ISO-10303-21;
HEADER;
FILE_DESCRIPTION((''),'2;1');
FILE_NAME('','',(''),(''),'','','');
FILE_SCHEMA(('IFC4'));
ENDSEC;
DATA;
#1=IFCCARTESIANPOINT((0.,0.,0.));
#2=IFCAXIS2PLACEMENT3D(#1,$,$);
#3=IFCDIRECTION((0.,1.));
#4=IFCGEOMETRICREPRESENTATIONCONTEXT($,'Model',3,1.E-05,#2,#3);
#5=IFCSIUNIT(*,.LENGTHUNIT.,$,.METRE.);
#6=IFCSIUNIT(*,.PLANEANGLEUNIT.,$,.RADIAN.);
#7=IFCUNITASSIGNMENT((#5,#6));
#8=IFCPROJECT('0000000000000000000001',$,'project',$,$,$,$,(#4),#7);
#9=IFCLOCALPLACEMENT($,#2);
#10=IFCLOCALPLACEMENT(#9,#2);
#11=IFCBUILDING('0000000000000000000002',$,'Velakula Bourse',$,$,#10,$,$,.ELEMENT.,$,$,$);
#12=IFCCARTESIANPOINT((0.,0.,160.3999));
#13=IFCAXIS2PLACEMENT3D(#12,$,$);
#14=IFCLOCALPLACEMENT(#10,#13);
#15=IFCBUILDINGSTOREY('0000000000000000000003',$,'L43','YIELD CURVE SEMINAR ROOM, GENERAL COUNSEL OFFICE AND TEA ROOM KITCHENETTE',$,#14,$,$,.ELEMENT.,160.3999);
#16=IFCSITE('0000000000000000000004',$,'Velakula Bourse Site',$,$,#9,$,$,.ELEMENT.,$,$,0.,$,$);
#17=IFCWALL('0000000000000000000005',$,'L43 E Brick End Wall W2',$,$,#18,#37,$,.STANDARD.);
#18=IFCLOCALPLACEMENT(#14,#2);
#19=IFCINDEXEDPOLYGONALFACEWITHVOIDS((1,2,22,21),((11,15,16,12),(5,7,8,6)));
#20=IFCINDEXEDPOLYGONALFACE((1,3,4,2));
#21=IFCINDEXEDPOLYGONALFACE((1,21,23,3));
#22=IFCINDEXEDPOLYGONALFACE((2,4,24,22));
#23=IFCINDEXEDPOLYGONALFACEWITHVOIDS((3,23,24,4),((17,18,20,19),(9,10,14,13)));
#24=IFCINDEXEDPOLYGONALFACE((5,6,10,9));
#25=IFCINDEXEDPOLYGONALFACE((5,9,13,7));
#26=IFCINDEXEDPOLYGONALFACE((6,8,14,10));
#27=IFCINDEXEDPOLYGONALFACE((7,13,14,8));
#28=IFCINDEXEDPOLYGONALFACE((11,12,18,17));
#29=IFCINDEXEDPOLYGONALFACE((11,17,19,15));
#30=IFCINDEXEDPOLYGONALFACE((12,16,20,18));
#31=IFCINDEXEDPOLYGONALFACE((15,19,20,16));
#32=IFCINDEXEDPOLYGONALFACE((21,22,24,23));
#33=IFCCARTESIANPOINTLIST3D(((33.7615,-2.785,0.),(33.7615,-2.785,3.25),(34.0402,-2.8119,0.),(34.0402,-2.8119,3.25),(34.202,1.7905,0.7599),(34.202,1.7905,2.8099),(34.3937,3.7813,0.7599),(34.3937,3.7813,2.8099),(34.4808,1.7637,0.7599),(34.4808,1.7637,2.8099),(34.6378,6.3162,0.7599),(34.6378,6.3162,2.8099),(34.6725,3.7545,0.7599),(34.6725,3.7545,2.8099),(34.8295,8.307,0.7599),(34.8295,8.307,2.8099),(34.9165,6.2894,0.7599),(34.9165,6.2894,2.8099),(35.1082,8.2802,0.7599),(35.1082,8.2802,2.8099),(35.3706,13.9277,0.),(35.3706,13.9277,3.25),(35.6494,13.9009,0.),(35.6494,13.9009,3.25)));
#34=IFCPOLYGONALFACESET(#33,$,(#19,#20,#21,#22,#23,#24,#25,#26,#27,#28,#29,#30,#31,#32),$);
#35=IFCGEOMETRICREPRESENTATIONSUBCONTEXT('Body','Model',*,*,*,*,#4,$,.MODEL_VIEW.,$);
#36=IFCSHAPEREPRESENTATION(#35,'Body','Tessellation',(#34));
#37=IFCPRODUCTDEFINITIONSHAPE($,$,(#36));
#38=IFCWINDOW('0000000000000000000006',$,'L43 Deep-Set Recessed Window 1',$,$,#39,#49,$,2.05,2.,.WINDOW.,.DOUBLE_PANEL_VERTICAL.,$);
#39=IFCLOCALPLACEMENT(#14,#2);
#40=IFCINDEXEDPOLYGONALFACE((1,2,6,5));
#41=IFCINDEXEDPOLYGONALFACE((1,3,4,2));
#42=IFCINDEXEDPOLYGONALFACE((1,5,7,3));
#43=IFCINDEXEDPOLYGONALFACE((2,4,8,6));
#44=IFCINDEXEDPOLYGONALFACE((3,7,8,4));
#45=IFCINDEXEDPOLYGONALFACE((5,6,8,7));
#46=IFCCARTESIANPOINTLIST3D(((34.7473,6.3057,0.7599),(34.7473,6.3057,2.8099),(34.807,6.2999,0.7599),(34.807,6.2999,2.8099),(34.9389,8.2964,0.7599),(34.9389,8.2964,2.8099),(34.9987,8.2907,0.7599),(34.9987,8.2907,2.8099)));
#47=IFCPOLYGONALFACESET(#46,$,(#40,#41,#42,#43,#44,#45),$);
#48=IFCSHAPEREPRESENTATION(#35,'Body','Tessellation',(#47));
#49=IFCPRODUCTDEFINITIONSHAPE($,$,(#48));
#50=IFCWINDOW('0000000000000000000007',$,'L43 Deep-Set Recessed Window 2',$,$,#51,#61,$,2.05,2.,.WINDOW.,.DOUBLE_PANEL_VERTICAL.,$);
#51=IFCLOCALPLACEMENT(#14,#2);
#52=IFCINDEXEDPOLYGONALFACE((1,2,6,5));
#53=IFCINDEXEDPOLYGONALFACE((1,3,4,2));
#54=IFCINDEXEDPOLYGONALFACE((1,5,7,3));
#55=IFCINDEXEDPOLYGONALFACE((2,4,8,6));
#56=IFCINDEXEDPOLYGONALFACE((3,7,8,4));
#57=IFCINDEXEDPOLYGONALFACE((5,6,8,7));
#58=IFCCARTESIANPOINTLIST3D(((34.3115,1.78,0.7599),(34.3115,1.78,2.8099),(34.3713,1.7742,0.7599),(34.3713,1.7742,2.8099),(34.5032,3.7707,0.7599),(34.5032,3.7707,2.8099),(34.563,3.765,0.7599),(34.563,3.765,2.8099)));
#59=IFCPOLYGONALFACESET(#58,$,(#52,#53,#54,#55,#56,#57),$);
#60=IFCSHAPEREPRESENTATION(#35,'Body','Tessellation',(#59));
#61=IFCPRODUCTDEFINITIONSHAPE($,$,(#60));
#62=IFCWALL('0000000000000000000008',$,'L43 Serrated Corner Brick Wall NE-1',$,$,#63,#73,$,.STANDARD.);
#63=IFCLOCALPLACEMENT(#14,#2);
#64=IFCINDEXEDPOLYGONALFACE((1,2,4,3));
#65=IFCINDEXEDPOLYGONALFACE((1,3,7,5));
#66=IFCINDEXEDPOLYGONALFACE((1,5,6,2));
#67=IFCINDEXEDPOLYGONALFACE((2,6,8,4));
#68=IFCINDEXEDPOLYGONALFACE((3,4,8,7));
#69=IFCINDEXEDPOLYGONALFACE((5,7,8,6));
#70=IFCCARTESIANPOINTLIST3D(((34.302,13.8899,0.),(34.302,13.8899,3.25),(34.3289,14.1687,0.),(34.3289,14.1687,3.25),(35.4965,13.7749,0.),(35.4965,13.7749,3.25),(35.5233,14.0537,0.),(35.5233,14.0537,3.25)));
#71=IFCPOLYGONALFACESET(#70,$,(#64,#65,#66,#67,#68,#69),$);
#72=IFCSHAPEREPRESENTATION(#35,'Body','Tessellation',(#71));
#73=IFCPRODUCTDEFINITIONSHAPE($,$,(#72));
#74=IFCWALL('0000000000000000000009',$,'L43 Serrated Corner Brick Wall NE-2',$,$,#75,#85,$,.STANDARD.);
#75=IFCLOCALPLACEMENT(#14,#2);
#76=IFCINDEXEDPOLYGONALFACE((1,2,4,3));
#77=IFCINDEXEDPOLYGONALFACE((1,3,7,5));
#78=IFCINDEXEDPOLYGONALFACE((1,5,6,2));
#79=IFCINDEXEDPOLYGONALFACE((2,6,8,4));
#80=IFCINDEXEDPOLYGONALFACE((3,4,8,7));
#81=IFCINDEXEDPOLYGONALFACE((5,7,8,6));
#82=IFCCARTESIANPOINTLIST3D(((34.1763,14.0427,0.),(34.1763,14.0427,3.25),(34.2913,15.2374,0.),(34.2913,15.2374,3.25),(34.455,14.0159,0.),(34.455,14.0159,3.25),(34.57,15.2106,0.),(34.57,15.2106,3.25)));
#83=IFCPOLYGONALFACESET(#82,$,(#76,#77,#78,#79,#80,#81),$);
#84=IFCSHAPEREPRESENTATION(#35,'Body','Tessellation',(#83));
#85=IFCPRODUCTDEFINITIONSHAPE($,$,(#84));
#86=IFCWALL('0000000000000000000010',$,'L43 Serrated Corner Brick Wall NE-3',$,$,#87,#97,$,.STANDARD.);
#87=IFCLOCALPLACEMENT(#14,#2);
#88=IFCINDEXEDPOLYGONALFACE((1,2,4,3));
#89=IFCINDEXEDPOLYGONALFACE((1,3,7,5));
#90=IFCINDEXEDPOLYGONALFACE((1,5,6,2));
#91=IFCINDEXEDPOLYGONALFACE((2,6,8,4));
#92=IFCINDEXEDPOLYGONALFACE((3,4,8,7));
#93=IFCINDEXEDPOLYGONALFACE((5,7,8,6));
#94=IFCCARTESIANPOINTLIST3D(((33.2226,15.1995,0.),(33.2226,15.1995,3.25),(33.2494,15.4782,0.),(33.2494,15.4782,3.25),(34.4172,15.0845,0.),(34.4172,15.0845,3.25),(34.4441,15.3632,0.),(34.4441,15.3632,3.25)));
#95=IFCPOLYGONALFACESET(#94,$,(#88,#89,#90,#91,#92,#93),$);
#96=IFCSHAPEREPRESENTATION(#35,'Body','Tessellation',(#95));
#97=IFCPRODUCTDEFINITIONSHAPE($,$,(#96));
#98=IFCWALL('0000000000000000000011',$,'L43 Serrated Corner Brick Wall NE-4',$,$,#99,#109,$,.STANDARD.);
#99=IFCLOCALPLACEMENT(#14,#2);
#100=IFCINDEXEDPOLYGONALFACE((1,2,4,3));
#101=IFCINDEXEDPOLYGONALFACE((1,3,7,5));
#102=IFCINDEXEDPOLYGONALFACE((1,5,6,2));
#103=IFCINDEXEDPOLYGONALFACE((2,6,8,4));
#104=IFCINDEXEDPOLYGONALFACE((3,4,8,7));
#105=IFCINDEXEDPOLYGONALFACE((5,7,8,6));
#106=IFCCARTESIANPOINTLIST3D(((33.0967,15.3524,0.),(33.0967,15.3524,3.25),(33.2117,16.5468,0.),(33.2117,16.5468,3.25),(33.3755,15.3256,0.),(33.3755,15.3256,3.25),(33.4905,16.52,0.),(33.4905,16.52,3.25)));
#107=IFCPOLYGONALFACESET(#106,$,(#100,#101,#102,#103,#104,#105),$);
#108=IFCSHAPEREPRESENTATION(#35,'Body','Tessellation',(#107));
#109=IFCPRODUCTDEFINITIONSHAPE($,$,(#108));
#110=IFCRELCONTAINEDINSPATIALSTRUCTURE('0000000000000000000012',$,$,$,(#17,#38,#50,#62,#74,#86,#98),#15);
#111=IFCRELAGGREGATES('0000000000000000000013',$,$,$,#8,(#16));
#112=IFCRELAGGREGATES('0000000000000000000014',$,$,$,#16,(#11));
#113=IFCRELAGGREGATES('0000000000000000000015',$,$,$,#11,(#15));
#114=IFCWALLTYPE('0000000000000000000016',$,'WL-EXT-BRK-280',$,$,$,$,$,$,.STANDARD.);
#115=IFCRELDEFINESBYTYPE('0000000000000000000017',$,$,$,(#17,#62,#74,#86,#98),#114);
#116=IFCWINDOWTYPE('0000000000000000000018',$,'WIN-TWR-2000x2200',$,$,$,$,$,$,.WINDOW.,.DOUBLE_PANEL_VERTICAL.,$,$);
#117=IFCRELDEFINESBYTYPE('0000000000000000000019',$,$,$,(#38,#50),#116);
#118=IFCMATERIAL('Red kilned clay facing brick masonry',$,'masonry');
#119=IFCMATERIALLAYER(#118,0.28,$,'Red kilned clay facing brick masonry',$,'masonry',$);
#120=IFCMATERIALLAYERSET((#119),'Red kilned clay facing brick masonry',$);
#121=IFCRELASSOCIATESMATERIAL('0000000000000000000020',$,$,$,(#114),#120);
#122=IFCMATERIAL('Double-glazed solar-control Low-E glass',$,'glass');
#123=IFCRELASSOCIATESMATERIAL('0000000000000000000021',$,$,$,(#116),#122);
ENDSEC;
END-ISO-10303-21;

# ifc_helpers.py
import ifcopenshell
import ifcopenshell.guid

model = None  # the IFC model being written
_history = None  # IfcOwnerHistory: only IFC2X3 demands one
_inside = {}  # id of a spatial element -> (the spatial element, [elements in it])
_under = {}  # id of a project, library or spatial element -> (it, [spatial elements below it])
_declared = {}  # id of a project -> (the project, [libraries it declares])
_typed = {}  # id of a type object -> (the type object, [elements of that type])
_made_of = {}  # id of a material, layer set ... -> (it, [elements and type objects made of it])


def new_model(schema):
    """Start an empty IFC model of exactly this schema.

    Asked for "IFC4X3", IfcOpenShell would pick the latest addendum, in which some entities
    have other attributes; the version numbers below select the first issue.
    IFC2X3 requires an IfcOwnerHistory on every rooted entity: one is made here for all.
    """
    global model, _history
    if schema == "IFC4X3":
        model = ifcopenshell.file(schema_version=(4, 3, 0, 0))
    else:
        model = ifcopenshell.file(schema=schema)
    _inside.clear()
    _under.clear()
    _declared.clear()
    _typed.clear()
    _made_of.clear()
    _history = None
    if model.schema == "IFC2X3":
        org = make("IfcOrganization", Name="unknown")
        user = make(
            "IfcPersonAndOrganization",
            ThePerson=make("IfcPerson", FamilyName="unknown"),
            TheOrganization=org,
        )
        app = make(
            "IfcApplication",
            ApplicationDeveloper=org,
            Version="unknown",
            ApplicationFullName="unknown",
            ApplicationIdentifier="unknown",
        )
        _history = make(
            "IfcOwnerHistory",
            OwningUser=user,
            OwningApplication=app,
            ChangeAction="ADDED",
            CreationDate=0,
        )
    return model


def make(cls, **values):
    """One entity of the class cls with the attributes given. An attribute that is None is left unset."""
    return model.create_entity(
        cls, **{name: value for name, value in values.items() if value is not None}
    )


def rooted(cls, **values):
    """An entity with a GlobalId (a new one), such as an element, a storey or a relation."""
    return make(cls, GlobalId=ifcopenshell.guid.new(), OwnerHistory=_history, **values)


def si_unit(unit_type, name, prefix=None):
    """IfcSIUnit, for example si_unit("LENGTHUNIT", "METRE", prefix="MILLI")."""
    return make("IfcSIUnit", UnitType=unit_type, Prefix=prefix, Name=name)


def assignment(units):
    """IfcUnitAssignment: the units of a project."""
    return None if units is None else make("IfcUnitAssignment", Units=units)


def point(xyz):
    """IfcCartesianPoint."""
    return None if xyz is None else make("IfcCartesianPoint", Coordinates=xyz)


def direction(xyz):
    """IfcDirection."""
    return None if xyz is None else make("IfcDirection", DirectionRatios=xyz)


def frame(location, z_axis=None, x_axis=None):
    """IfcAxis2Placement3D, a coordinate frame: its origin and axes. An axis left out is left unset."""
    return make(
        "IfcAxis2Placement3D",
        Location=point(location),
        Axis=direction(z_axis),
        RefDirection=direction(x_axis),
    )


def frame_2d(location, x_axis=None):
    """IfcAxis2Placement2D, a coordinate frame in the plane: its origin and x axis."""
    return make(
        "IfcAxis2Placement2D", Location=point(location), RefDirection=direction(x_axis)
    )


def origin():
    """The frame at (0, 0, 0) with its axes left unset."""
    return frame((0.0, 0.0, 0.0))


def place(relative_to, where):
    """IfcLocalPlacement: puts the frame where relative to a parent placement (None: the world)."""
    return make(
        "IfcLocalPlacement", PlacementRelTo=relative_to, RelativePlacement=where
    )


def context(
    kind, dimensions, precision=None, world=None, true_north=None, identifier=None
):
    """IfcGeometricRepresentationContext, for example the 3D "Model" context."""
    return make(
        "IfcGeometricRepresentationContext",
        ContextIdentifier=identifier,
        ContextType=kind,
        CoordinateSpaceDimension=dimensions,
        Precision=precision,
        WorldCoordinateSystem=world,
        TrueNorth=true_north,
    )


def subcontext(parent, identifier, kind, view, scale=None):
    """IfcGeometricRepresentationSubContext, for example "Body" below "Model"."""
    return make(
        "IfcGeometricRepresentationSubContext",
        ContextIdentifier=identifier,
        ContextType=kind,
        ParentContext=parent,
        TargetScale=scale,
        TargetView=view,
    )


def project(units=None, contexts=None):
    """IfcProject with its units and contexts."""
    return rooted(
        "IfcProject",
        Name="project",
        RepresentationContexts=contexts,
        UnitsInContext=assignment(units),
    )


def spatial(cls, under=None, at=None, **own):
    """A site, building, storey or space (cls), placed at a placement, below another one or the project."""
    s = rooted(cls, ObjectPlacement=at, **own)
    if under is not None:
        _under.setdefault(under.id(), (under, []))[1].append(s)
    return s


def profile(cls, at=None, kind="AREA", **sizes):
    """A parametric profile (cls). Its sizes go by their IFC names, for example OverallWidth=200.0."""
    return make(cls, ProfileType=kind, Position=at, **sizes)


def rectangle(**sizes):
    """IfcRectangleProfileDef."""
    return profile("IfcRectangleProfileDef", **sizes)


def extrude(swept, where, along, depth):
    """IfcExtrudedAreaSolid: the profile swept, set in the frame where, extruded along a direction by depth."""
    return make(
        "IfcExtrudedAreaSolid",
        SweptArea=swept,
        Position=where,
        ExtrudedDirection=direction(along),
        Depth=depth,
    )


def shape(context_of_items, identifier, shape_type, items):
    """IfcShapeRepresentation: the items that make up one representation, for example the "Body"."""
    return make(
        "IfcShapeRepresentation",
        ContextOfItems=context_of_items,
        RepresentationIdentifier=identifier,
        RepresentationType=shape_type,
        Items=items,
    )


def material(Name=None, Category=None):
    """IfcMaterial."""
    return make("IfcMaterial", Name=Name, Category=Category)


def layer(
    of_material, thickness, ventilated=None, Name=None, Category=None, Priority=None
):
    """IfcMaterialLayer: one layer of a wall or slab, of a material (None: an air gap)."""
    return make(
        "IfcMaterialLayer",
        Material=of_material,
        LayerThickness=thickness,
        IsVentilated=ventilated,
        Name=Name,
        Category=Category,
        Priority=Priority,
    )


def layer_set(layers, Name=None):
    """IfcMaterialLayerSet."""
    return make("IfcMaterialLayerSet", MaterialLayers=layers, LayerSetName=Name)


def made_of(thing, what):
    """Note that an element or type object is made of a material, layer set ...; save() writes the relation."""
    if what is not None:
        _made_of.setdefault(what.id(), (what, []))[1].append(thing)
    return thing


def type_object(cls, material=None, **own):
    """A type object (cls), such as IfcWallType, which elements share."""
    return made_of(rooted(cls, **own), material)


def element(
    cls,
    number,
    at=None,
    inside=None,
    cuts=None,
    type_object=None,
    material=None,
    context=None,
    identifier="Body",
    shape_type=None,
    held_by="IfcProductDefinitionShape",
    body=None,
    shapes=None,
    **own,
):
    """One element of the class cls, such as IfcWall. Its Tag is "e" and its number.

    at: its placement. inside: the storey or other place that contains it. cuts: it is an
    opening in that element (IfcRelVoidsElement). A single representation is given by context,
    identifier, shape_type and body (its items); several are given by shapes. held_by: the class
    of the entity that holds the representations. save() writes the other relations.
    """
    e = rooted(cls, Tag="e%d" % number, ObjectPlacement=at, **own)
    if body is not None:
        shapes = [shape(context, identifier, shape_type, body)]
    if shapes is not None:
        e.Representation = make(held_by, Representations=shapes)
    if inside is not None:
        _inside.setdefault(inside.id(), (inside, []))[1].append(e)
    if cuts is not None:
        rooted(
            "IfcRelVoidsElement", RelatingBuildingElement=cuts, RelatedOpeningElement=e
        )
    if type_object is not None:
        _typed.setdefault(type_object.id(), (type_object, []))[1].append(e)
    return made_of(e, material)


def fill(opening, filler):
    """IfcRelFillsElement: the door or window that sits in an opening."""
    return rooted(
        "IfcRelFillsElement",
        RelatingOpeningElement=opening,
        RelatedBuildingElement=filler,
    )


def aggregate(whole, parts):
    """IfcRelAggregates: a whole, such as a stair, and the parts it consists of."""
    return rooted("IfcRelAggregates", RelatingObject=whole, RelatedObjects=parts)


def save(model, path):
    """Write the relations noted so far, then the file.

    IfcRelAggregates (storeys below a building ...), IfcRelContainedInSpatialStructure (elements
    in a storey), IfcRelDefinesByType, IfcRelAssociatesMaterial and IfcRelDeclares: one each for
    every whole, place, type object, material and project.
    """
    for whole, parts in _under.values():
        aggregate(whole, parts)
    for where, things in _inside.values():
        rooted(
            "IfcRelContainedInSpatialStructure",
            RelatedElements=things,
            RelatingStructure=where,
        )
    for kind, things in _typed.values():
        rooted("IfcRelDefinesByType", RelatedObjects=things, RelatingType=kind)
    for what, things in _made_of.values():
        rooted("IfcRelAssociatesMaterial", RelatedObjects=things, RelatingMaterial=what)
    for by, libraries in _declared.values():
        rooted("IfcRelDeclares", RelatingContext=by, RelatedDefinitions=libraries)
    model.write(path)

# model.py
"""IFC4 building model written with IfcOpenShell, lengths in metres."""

from ifc_helpers import new_model, si_unit, direction, frame, frame_2d, origin, place, context, subcontext, project, spatial, rectangle, extrude, material, layer, layer_set, type_object, element, fill, save


model = new_model("IFC4")

# Units and contexts
model_context = context("Model", 3, precision=1e-05, world=origin(), true_north=direction((0.0, 1.0)))
body_context = subcontext(model_context, "Body", "Model", "MODEL_VIEW")
ifc_project = project(units=[si_unit("LENGTHUNIT", "METRE"), si_unit("PLANEANGLEUNIT", "RADIAN")], contexts=[model_context])

# Site, building, storey
site_placement = place(None, origin())
site = spatial("IfcSite", under=ifc_project, at=site_placement, Name="Velakula Bourse Site", CompositionType="ELEMENT", RefElevation=0.0)
building_placement = place(site_placement, origin())
building = spatial("IfcBuilding", under=site, at=building_placement, Name="Velakula Bourse", CompositionType="ELEMENT")
storey_placement = place(building_placement, frame((0.0, 0.0, 160.3999)))
storey = spatial("IfcBuildingStorey", under=building, at=storey_placement, Name="L43", Description="YIELD CURVE SEMINAR ROOM, GENERAL COUNSEL OFFICE AND TEA ROOM KITCHENETTE", CompositionType="ELEMENT", Elevation=160.3999)

# Wall, openings, windows
ifc_material_1 = material(Name="Red kilned clay facing brick masonry", Category="masonry")
ifc_layer = layer(ifc_material_1, 0.28, Name="Red kilned clay facing brick masonry", Category="masonry")
ifc_layer_set = layer_set([ifc_layer], Name="Red kilned clay facing brick masonry")
wall_type = type_object("IfcWallType", Name="WL-EXT-BRK-280", PredefinedType="STANDARD", material=ifc_layer_set)
wall_1_placement = place(storey_placement, frame((35.51, 13.9143, 0.0), z_axis=(0.0, 0.0, 1.0), x_axis=(-0.095839, -0.995397, 0.0)))
wall_1 = element("IfcWall", 1, at=wall_1_placement, inside=storey, type_object=wall_type, Name="L43 E Brick End Wall W2", PredefinedType="STANDARD", context=body_context, shape_type="SweptSolid", body=[
    extrude(rectangle(XDim=16.79, YDim=0.28, at=frame_2d((8.395, 0.0))), origin(), (0.0, 0.0, 1.0), 3.25),
])
opening_1_placement = place(wall_1_placement, frame((5.6467, 0.0, 0.76)))
opening_1 = element("IfcOpeningElement", 2, at=opening_1_placement, cuts=wall_1, PredefinedType="OPENING", context=body_context, shape_type="SweptSolid", body=[
    extrude(rectangle(XDim=2.0, YDim=2.05, at=frame_2d((1.0, 1.0249))), frame((0.0, 0.1499, 0.0), z_axis=(0.0, -1.0, 0.0), x_axis=(1.0, 0.0, 0.0)), (0.0, 0.0, 1.0), 0.3),
])
opening_2_placement = place(wall_1_placement, frame((10.1934, 0.0, 0.76)))
opening_2 = element("IfcOpeningElement", 3, at=opening_2_placement, cuts=wall_1, PredefinedType="OPENING", context=body_context, shape_type="SweptSolid", body=[
    extrude(rectangle(XDim=2.0, YDim=2.05, at=frame_2d((1.0, 1.0249))), frame((0.0, 0.1499, 0.0), z_axis=(0.0, -1.0, 0.0), x_axis=(1.0, 0.0, 0.0)), (0.0, 0.0, 1.0), 0.3),
])
ifc_material_2 = material(Name="Double-glazed solar-control Low-E glass", Category="glass")
window_type = type_object("IfcWindowType", Name="WIN-TWR-2000x2200", PartitioningType="DOUBLE_PANEL_VERTICAL", PredefinedType="WINDOW", material=ifc_material_2)
window_1_placement = place(opening_1_placement, origin())
window_1 = element("IfcWindow", 4, at=window_1_placement, inside=storey, type_object=window_type, Name="L43 Deep-Set Recessed Window 1", OverallHeight=2.05, OverallWidth=2.0, PartitioningType="DOUBLE_PANEL_VERTICAL", PredefinedType="WINDOW", context=body_context, shape_type="SweptSolid", body=[
    extrude(rectangle(XDim=2.0, YDim=2.05, at=frame_2d((1.0, 1.0249))), frame((0.0, 0.03, 0.0), z_axis=(0.0, -1.0, 0.0), x_axis=(1.0, 0.0, 0.0)), (0.0, 0.0, 1.0), 0.0601),
])
fill(opening_1, window_1)
window_2_placement = place(opening_2_placement, origin())
window_2 = element("IfcWindow", 5, at=window_2_placement, inside=storey, type_object=window_type, Name="L43 Deep-Set Recessed Window 2", OverallHeight=2.05, OverallWidth=2.0, PartitioningType="DOUBLE_PANEL_VERTICAL", PredefinedType="WINDOW", context=body_context, shape_type="SweptSolid", body=[
    extrude(rectangle(XDim=2.0, YDim=2.05, at=frame_2d((1.0, 1.0249))), frame((0.0, 0.03, 0.0), z_axis=(0.0, -1.0, 0.0), x_axis=(1.0, 0.0, 0.0)), (0.0, 0.0, 1.0), 0.0601),
])
fill(opening_2, window_2)

# Walls
wall_2_placement = place(storey_placement, frame((35.51, 13.9143, 0.0), z_axis=(0.0, 0.0, 1.0), x_axis=(-0.995397, 0.095836, 0.0)))
element("IfcWall", 6, at=wall_2_placement, inside=storey, type_object=wall_type, Name="L43 Serrated Corner Brick Wall NE-1", PredefinedType="STANDARD", context=body_context, shape_type="SweptSolid", body=[
    extrude(rectangle(XDim=1.2, YDim=0.28, at=frame_2d((0.6001, 0.0))), origin(), (0.0, 0.0, 1.0), 3.25),
])
for number, where, z_axis, x_axis, name in (
    (7, (34.3157, 14.0293, 0.0), (0.0, 0.0, 1.0), (0.095817, 0.995399, 0.0), "L43 Serrated Corner Brick Wall NE-2"),
    (8, (34.4307, 15.2239, 0.0), (0.0, 0.0, 1.0), (-0.995399, 0.095817, 0.0), "L43 Serrated Corner Brick Wall NE-3"),
):
    element("IfcWall", number, at=place(storey_placement, frame(where, z_axis=z_axis, x_axis=x_axis)), inside=storey, type_object=wall_type, Name=name, PredefinedType="STANDARD", context=body_context, shape_type="SweptSolid", body=[
        extrude(rectangle(XDim=1.2002, YDim=0.28, at=frame_2d((0.6001, 0.0))), origin(), (0.0, 0.0, 1.0), 3.25),
    ])
wall_3_placement = place(storey_placement, frame((33.2361, 15.3389, 0.0), z_axis=(0.0, 0.0, 1.0), x_axis=(0.095836, 0.995397, 0.0)))
element("IfcWall", 9, at=wall_3_placement, inside=storey, type_object=wall_type, Name="L43 Serrated Corner Brick Wall NE-4", PredefinedType="STANDARD", context=body_context, shape_type="SweptSolid", body=[
    extrude(rectangle(XDim=1.2, YDim=0.28, at=frame_2d((0.6001, 0.0))), origin(), (0.0, 0.0, 1.0), 3.25),
])

save(model, "model.ifc")
